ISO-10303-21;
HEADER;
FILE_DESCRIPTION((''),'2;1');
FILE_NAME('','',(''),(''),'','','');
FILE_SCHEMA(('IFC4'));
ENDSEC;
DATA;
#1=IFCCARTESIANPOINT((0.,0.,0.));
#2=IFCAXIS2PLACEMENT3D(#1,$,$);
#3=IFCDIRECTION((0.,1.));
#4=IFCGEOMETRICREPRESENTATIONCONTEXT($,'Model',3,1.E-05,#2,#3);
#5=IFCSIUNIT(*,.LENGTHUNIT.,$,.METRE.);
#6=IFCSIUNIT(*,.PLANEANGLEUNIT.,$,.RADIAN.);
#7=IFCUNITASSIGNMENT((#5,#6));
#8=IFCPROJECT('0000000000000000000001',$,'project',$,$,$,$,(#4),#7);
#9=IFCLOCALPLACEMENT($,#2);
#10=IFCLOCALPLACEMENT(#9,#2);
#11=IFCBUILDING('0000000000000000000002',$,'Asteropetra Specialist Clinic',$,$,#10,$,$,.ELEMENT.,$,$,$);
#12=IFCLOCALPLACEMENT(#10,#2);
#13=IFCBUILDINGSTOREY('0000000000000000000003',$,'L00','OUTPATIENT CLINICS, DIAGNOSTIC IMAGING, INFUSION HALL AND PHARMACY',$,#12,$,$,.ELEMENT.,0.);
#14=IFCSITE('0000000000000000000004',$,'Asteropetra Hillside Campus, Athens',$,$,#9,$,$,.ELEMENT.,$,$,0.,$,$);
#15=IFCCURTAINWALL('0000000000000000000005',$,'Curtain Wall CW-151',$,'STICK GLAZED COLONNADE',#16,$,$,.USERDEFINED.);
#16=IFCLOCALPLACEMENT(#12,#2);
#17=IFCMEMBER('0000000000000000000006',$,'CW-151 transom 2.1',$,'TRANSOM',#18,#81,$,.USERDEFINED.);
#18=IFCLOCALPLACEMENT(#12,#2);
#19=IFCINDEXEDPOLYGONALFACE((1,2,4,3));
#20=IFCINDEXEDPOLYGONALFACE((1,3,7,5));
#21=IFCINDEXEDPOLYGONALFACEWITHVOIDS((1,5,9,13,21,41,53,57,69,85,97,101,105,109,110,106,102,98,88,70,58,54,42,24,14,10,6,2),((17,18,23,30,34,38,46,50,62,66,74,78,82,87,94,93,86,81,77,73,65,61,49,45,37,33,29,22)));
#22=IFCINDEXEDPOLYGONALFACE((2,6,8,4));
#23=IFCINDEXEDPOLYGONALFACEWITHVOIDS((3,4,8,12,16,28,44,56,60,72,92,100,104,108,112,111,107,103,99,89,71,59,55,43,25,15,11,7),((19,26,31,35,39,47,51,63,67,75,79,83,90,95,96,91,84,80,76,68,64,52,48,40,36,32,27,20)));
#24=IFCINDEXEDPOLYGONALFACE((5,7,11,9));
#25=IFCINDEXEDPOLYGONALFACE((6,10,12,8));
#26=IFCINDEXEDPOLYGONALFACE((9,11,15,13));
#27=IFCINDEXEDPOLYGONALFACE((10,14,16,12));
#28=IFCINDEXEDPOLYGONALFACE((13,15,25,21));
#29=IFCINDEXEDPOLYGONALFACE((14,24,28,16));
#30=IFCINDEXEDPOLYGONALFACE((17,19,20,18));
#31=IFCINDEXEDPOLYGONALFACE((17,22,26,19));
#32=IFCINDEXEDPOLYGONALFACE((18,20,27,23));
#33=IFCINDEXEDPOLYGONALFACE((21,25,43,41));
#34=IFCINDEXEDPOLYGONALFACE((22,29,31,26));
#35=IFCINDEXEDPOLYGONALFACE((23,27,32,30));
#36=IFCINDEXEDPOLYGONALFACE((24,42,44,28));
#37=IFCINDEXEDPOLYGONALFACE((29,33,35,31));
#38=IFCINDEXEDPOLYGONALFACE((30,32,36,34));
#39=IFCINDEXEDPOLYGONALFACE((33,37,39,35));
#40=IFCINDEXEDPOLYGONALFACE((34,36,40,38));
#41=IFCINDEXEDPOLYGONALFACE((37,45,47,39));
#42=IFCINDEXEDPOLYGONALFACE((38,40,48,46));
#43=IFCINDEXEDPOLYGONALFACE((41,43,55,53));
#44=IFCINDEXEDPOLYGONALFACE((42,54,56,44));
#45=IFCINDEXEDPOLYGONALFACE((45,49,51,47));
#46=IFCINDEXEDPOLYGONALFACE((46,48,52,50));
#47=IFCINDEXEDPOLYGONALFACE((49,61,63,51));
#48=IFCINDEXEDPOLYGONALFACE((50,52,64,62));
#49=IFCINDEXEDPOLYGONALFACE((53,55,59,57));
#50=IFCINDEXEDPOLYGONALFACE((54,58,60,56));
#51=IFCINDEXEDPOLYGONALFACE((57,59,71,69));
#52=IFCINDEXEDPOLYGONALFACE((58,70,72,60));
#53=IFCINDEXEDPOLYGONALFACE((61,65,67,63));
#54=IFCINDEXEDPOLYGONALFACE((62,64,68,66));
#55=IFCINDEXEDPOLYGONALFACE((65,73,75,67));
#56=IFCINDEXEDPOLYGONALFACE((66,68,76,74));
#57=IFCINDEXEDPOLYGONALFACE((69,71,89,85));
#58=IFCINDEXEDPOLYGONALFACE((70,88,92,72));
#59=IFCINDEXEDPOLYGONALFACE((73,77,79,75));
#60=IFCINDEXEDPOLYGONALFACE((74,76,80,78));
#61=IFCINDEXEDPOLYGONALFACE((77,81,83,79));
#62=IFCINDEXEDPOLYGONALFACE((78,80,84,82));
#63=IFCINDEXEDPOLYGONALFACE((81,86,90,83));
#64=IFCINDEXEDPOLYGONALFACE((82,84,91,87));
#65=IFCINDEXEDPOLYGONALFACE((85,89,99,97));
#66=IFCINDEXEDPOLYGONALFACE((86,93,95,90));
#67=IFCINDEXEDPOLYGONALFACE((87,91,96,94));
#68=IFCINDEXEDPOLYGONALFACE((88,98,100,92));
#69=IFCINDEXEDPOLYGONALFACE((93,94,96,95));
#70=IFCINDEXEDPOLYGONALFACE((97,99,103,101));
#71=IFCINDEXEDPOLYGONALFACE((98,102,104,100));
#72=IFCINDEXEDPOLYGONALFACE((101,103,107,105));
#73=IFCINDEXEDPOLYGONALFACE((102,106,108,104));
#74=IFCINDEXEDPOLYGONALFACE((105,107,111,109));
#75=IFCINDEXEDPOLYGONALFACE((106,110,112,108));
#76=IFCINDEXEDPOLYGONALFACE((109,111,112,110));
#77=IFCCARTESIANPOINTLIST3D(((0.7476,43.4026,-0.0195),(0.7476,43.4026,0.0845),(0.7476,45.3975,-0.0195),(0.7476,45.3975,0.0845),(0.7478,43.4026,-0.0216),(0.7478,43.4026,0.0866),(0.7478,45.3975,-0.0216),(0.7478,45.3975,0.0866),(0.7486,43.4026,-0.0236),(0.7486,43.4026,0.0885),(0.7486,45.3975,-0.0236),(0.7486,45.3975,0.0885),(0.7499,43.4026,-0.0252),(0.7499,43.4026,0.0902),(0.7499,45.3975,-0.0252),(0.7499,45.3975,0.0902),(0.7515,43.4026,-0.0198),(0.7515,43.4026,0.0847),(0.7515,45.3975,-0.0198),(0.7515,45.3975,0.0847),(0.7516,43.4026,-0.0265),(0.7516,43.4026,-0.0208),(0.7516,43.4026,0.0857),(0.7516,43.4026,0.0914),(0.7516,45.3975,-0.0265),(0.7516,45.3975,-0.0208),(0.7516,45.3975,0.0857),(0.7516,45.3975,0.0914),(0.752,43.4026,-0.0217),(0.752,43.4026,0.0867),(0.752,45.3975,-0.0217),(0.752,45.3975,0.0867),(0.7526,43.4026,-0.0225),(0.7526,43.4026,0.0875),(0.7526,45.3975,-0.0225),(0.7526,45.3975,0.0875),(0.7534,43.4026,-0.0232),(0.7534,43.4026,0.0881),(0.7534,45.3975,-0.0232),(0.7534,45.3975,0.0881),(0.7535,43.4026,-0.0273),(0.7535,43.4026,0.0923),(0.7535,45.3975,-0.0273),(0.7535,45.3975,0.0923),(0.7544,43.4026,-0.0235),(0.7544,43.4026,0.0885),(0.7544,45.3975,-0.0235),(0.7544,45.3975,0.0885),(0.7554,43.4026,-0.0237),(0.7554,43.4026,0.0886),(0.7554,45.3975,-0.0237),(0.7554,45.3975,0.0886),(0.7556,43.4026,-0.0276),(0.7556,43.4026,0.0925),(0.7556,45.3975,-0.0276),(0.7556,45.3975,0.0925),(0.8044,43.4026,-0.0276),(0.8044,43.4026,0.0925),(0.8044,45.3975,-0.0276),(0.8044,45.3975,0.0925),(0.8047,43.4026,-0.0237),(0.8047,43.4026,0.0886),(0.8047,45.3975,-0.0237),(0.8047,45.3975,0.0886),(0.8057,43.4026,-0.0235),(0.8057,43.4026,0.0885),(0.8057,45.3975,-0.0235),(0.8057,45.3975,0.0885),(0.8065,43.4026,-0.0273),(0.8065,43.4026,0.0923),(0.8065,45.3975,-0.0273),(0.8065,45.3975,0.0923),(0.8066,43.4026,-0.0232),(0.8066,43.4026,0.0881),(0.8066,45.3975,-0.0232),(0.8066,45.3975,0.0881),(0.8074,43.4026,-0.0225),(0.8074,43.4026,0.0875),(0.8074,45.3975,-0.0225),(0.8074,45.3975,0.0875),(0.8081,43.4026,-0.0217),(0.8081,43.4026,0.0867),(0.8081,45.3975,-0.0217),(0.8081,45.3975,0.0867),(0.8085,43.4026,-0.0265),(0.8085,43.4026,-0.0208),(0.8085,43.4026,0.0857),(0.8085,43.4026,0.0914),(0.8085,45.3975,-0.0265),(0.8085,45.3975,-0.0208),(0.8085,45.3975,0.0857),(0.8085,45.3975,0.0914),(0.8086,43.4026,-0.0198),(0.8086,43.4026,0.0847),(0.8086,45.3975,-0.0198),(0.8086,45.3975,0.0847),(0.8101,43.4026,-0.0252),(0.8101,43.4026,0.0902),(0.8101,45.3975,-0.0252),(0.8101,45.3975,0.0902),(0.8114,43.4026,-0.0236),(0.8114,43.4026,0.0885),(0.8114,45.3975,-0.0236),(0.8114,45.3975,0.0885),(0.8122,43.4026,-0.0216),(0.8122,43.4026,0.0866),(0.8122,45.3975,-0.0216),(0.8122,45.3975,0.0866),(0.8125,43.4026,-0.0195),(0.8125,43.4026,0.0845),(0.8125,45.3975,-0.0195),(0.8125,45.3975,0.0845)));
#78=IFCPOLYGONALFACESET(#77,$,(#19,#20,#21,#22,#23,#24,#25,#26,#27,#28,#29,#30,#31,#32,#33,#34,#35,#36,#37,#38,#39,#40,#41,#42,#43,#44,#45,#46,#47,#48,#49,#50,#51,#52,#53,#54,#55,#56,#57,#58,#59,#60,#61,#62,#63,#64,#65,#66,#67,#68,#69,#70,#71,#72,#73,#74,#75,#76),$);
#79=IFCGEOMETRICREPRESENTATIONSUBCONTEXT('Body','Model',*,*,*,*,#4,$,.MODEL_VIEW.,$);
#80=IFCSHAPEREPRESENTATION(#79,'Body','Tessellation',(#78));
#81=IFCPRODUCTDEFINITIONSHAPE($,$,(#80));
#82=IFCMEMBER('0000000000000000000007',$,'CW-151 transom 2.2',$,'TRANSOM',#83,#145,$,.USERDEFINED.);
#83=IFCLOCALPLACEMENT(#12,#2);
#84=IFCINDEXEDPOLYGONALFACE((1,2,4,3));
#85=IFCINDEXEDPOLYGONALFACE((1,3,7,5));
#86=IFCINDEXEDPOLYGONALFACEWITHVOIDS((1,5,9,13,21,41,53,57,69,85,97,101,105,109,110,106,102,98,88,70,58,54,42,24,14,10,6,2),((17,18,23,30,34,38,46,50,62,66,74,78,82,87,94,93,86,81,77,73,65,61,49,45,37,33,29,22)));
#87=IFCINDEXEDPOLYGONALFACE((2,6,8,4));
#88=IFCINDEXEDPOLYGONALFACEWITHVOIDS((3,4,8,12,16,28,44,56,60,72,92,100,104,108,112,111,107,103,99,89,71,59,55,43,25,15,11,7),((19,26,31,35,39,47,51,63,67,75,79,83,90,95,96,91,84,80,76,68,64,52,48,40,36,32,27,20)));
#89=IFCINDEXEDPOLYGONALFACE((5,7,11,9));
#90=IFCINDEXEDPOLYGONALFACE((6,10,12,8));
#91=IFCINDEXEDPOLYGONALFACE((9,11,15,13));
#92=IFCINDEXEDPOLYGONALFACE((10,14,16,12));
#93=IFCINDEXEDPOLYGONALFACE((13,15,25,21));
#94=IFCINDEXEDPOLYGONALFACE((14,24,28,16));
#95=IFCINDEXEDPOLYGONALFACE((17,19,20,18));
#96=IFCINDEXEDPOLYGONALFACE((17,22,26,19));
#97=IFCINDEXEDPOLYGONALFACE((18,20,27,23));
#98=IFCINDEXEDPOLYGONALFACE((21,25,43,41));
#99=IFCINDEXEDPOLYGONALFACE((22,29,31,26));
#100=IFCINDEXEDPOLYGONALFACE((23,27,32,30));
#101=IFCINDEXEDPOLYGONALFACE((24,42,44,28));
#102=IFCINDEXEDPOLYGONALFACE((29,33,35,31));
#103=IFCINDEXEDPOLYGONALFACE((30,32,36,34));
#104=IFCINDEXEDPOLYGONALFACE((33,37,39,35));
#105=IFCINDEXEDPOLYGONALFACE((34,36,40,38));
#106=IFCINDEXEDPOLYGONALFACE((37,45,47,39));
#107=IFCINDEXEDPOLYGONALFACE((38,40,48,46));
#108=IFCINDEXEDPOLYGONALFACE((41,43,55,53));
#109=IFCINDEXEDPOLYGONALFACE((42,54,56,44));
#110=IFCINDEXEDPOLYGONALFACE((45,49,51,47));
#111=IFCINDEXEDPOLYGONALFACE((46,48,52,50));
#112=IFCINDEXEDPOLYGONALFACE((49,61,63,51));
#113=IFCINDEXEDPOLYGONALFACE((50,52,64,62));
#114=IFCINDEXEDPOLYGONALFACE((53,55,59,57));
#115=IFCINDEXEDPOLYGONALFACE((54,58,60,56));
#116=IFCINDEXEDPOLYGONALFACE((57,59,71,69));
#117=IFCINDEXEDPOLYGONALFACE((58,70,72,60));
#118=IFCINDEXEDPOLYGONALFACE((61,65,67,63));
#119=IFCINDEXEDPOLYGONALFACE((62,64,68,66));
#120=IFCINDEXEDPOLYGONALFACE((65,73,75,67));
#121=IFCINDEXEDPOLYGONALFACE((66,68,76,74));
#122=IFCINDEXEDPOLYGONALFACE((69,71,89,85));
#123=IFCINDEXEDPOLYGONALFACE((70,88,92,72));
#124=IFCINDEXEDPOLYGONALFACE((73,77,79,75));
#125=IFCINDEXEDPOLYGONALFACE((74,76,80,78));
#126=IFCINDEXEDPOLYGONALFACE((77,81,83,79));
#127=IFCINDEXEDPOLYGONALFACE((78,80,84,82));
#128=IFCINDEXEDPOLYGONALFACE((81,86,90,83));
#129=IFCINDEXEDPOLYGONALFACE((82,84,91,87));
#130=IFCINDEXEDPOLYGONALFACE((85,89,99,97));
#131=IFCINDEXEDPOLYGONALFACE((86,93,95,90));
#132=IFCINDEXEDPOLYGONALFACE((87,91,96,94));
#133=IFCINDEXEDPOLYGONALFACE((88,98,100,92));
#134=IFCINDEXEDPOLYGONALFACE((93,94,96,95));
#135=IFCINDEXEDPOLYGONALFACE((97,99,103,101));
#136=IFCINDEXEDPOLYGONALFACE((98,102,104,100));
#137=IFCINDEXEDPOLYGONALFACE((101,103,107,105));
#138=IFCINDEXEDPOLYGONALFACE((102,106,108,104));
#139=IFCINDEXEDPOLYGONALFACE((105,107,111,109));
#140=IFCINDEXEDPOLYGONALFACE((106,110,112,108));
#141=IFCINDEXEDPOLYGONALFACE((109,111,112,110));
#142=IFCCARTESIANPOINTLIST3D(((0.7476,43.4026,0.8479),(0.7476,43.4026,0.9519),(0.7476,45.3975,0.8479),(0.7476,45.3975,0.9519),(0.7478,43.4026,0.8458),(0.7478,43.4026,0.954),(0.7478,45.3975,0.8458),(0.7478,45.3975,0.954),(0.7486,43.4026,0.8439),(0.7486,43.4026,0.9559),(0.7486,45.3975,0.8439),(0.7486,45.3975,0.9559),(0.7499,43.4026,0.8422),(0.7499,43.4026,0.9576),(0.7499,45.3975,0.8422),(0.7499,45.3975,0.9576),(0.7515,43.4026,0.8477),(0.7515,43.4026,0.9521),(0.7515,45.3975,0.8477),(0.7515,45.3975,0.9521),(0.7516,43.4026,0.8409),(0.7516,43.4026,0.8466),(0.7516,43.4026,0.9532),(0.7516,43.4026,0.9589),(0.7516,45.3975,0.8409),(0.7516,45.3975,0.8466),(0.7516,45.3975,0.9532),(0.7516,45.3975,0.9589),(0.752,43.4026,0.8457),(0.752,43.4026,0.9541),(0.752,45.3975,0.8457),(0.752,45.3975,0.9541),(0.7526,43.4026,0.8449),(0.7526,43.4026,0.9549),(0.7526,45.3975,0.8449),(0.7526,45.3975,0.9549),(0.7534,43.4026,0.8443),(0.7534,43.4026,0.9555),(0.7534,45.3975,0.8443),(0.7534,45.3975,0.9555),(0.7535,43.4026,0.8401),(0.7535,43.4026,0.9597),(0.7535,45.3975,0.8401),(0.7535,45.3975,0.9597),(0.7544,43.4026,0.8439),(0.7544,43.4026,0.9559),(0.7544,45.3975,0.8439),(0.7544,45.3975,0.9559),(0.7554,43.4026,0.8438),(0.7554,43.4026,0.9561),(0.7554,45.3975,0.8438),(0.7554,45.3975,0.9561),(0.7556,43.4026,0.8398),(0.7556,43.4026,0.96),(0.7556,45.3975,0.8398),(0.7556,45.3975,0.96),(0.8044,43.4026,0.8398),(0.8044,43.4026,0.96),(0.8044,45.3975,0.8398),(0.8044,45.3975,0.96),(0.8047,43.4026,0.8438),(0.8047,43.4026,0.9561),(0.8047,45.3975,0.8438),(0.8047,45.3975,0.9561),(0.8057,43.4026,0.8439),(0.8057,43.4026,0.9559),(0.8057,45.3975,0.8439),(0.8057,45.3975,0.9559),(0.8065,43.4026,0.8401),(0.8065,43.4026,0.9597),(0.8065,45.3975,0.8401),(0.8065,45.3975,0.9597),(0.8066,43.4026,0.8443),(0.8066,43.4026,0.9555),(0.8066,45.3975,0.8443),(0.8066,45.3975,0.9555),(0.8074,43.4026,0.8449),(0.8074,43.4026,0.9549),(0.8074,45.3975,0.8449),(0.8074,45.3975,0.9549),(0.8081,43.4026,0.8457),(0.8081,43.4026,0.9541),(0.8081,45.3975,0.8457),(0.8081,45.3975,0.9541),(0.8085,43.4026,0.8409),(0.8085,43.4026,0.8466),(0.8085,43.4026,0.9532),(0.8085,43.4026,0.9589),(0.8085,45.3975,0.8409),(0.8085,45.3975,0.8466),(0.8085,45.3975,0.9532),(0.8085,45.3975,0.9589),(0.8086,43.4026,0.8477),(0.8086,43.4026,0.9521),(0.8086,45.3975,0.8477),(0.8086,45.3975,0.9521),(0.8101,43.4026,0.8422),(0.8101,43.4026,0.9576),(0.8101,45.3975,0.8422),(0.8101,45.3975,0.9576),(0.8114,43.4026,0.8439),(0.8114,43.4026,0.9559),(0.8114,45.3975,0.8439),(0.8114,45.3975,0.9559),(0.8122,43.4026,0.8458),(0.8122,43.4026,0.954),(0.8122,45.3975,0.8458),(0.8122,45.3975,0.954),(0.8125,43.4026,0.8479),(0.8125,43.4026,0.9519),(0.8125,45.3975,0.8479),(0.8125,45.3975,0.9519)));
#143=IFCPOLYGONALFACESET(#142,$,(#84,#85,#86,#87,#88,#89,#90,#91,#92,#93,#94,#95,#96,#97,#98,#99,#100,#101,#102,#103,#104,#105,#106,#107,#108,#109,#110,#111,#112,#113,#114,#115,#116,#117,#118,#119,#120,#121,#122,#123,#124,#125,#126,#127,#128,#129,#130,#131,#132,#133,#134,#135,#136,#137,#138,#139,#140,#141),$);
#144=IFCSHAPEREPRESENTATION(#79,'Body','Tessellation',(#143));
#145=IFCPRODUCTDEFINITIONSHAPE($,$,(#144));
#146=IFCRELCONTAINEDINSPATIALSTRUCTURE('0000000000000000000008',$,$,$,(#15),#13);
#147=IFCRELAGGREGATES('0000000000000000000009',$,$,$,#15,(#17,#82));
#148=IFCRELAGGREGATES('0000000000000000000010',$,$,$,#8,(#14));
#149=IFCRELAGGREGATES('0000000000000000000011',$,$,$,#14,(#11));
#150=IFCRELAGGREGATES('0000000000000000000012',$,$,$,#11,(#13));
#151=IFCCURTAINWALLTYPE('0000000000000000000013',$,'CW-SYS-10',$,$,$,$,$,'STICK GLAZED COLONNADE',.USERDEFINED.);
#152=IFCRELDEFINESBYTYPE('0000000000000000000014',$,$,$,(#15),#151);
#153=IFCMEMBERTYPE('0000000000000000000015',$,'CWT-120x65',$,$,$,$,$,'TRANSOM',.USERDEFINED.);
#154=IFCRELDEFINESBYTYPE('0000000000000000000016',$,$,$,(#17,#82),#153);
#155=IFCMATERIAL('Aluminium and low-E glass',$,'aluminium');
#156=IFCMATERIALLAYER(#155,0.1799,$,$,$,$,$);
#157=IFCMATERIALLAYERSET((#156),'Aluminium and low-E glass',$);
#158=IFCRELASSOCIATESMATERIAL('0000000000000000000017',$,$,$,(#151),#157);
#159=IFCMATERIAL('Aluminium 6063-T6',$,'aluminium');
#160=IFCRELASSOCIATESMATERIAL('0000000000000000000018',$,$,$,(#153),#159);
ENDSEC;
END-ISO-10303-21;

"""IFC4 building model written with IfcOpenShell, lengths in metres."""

from ifc_helpers import new_model, si_unit, direction, frame, origin, origin_2d, place, context, subcontext, project, spatial, hollow_rectangle, extrude, material, layer, layer_set, material_profile, profile_set, type_object, element, aggregate, save


model = new_model("IFC4")

# Units and contexts
model_context = context("Model", 3, precision=1e-05, world=origin(), true_north=direction((0.0, 1.0)))
body_context = subcontext(model_context, "Body", "Model", "MODEL_VIEW")
ifc_project = project(units=[si_unit("LENGTHUNIT", "METRE"), si_unit("PLANEANGLEUNIT", "RADIAN")], contexts=[model_context])

# Site, building, storey
site_placement = place(None, origin())
site = spatial("IfcSite", under=ifc_project, at=site_placement, Name="Asteropetra Hillside Campus, Athens", CompositionType="ELEMENT", RefElevation=0.0)
building_placement = place(site_placement, origin())
building = spatial("IfcBuilding", under=site, at=building_placement, Name="Asteropetra Specialist Clinic", CompositionType="ELEMENT")
storey_placement = place(building_placement, origin())
storey = spatial("IfcBuildingStorey", under=building, at=storey_placement, Name="L00", Description="OUTPATIENT CLINICS, DIAGNOSTIC IMAGING, INFUSION HALL AND PHARMACY", CompositionType="ELEMENT", Elevation=0.0)

# Curtain wall, members
ifc_material_1 = material(Name="Aluminium and low-E glass", Category="aluminium")
ifc_layer_1 = layer(ifc_material_1, 0.1799)
ifc_layer_set_1 = layer_set([ifc_layer_1], Name="Aluminium and low-E glass")
curtain_wall_type = type_object("IfcCurtainWallType", Name="CW-SYS-10", ElementType="STICK GLAZED COLONNADE", PredefinedType="USERDEFINED", material=ifc_layer_set_1)
curtain_wall_placement = place(storey_placement, origin())
curtain_wall = element("IfcCurtainWall", 1, at=curtain_wall_placement, inside=storey, type_object=curtain_wall_type, Name="Curtain Wall CW-151", ObjectType="STICK GLAZED COLONNADE", PredefinedType="USERDEFINED")
ifc_material_2 = material(Name="Aluminium 6063-T6", Category="aluminium")
ifc_material_profile_1 = material_profile(ifc_material_2, hollow_rectangle(XDim=0.0649, YDim=0.1201, WallThickness=0.0039, InnerFilletRadius=0.0039, OuterFilletRadius=0.0081, at=origin_2d()), Name="TRN 120x65x4.0")
ifc_profile_set_1 = profile_set([ifc_material_profile_1], Name="Aluminium 6063-T6")
member_type_1 = type_object("IfcMemberType", Name="CWT-120x65", ElementType="TRANSOM", PredefinedType="USERDEFINED", material=ifc_profile_set_1)
member_1_placement = place(storey_placement, frame((0.78, 45.3975, 0.0325), z_axis=(0.0, -1.0, 0.0), x_axis=(1.0, 0.0, 0.0)))
member_1 = element("IfcMember", 2, at=member_1_placement, type_object=member_type_1, Name="CW-151 transom 2.1", ObjectType="TRANSOM", PredefinedType="USERDEFINED", context=body_context, shape_type="SweptSolid", body=[
    extrude(hollow_rectangle(XDim=0.0649, YDim=0.1201, WallThickness=0.0039, InnerFilletRadius=0.0039, OuterFilletRadius=0.0081, at=origin_2d()), origin(), (0.0, 0.0, 1.0), 1.9949),
])
member_2_placement = place(storey_placement, frame((0.78, 45.3975, 0.8999), z_axis=(0.0, -1.0, 0.0), x_axis=(1.0, 0.0, 0.0)))
member_2 = element("IfcMember", 3, at=member_2_placement, type_object=member_type_1, Name="CW-151 transom 2.2", ObjectType="TRANSOM", PredefinedType="USERDEFINED", context=body_context, shape_type="SweptSolid", body=[
    extrude(hollow_rectangle(XDim=0.0649, YDim=0.1201, WallThickness=0.0039, InnerFilletRadius=0.0039, OuterFilletRadius=0.0081, at=origin_2d()), origin(), (0.0, 0.0, 1.0), 1.9949),
])

aggregate(curtain_wall, [member_1, member_2])

save(model, "model.ifc")
